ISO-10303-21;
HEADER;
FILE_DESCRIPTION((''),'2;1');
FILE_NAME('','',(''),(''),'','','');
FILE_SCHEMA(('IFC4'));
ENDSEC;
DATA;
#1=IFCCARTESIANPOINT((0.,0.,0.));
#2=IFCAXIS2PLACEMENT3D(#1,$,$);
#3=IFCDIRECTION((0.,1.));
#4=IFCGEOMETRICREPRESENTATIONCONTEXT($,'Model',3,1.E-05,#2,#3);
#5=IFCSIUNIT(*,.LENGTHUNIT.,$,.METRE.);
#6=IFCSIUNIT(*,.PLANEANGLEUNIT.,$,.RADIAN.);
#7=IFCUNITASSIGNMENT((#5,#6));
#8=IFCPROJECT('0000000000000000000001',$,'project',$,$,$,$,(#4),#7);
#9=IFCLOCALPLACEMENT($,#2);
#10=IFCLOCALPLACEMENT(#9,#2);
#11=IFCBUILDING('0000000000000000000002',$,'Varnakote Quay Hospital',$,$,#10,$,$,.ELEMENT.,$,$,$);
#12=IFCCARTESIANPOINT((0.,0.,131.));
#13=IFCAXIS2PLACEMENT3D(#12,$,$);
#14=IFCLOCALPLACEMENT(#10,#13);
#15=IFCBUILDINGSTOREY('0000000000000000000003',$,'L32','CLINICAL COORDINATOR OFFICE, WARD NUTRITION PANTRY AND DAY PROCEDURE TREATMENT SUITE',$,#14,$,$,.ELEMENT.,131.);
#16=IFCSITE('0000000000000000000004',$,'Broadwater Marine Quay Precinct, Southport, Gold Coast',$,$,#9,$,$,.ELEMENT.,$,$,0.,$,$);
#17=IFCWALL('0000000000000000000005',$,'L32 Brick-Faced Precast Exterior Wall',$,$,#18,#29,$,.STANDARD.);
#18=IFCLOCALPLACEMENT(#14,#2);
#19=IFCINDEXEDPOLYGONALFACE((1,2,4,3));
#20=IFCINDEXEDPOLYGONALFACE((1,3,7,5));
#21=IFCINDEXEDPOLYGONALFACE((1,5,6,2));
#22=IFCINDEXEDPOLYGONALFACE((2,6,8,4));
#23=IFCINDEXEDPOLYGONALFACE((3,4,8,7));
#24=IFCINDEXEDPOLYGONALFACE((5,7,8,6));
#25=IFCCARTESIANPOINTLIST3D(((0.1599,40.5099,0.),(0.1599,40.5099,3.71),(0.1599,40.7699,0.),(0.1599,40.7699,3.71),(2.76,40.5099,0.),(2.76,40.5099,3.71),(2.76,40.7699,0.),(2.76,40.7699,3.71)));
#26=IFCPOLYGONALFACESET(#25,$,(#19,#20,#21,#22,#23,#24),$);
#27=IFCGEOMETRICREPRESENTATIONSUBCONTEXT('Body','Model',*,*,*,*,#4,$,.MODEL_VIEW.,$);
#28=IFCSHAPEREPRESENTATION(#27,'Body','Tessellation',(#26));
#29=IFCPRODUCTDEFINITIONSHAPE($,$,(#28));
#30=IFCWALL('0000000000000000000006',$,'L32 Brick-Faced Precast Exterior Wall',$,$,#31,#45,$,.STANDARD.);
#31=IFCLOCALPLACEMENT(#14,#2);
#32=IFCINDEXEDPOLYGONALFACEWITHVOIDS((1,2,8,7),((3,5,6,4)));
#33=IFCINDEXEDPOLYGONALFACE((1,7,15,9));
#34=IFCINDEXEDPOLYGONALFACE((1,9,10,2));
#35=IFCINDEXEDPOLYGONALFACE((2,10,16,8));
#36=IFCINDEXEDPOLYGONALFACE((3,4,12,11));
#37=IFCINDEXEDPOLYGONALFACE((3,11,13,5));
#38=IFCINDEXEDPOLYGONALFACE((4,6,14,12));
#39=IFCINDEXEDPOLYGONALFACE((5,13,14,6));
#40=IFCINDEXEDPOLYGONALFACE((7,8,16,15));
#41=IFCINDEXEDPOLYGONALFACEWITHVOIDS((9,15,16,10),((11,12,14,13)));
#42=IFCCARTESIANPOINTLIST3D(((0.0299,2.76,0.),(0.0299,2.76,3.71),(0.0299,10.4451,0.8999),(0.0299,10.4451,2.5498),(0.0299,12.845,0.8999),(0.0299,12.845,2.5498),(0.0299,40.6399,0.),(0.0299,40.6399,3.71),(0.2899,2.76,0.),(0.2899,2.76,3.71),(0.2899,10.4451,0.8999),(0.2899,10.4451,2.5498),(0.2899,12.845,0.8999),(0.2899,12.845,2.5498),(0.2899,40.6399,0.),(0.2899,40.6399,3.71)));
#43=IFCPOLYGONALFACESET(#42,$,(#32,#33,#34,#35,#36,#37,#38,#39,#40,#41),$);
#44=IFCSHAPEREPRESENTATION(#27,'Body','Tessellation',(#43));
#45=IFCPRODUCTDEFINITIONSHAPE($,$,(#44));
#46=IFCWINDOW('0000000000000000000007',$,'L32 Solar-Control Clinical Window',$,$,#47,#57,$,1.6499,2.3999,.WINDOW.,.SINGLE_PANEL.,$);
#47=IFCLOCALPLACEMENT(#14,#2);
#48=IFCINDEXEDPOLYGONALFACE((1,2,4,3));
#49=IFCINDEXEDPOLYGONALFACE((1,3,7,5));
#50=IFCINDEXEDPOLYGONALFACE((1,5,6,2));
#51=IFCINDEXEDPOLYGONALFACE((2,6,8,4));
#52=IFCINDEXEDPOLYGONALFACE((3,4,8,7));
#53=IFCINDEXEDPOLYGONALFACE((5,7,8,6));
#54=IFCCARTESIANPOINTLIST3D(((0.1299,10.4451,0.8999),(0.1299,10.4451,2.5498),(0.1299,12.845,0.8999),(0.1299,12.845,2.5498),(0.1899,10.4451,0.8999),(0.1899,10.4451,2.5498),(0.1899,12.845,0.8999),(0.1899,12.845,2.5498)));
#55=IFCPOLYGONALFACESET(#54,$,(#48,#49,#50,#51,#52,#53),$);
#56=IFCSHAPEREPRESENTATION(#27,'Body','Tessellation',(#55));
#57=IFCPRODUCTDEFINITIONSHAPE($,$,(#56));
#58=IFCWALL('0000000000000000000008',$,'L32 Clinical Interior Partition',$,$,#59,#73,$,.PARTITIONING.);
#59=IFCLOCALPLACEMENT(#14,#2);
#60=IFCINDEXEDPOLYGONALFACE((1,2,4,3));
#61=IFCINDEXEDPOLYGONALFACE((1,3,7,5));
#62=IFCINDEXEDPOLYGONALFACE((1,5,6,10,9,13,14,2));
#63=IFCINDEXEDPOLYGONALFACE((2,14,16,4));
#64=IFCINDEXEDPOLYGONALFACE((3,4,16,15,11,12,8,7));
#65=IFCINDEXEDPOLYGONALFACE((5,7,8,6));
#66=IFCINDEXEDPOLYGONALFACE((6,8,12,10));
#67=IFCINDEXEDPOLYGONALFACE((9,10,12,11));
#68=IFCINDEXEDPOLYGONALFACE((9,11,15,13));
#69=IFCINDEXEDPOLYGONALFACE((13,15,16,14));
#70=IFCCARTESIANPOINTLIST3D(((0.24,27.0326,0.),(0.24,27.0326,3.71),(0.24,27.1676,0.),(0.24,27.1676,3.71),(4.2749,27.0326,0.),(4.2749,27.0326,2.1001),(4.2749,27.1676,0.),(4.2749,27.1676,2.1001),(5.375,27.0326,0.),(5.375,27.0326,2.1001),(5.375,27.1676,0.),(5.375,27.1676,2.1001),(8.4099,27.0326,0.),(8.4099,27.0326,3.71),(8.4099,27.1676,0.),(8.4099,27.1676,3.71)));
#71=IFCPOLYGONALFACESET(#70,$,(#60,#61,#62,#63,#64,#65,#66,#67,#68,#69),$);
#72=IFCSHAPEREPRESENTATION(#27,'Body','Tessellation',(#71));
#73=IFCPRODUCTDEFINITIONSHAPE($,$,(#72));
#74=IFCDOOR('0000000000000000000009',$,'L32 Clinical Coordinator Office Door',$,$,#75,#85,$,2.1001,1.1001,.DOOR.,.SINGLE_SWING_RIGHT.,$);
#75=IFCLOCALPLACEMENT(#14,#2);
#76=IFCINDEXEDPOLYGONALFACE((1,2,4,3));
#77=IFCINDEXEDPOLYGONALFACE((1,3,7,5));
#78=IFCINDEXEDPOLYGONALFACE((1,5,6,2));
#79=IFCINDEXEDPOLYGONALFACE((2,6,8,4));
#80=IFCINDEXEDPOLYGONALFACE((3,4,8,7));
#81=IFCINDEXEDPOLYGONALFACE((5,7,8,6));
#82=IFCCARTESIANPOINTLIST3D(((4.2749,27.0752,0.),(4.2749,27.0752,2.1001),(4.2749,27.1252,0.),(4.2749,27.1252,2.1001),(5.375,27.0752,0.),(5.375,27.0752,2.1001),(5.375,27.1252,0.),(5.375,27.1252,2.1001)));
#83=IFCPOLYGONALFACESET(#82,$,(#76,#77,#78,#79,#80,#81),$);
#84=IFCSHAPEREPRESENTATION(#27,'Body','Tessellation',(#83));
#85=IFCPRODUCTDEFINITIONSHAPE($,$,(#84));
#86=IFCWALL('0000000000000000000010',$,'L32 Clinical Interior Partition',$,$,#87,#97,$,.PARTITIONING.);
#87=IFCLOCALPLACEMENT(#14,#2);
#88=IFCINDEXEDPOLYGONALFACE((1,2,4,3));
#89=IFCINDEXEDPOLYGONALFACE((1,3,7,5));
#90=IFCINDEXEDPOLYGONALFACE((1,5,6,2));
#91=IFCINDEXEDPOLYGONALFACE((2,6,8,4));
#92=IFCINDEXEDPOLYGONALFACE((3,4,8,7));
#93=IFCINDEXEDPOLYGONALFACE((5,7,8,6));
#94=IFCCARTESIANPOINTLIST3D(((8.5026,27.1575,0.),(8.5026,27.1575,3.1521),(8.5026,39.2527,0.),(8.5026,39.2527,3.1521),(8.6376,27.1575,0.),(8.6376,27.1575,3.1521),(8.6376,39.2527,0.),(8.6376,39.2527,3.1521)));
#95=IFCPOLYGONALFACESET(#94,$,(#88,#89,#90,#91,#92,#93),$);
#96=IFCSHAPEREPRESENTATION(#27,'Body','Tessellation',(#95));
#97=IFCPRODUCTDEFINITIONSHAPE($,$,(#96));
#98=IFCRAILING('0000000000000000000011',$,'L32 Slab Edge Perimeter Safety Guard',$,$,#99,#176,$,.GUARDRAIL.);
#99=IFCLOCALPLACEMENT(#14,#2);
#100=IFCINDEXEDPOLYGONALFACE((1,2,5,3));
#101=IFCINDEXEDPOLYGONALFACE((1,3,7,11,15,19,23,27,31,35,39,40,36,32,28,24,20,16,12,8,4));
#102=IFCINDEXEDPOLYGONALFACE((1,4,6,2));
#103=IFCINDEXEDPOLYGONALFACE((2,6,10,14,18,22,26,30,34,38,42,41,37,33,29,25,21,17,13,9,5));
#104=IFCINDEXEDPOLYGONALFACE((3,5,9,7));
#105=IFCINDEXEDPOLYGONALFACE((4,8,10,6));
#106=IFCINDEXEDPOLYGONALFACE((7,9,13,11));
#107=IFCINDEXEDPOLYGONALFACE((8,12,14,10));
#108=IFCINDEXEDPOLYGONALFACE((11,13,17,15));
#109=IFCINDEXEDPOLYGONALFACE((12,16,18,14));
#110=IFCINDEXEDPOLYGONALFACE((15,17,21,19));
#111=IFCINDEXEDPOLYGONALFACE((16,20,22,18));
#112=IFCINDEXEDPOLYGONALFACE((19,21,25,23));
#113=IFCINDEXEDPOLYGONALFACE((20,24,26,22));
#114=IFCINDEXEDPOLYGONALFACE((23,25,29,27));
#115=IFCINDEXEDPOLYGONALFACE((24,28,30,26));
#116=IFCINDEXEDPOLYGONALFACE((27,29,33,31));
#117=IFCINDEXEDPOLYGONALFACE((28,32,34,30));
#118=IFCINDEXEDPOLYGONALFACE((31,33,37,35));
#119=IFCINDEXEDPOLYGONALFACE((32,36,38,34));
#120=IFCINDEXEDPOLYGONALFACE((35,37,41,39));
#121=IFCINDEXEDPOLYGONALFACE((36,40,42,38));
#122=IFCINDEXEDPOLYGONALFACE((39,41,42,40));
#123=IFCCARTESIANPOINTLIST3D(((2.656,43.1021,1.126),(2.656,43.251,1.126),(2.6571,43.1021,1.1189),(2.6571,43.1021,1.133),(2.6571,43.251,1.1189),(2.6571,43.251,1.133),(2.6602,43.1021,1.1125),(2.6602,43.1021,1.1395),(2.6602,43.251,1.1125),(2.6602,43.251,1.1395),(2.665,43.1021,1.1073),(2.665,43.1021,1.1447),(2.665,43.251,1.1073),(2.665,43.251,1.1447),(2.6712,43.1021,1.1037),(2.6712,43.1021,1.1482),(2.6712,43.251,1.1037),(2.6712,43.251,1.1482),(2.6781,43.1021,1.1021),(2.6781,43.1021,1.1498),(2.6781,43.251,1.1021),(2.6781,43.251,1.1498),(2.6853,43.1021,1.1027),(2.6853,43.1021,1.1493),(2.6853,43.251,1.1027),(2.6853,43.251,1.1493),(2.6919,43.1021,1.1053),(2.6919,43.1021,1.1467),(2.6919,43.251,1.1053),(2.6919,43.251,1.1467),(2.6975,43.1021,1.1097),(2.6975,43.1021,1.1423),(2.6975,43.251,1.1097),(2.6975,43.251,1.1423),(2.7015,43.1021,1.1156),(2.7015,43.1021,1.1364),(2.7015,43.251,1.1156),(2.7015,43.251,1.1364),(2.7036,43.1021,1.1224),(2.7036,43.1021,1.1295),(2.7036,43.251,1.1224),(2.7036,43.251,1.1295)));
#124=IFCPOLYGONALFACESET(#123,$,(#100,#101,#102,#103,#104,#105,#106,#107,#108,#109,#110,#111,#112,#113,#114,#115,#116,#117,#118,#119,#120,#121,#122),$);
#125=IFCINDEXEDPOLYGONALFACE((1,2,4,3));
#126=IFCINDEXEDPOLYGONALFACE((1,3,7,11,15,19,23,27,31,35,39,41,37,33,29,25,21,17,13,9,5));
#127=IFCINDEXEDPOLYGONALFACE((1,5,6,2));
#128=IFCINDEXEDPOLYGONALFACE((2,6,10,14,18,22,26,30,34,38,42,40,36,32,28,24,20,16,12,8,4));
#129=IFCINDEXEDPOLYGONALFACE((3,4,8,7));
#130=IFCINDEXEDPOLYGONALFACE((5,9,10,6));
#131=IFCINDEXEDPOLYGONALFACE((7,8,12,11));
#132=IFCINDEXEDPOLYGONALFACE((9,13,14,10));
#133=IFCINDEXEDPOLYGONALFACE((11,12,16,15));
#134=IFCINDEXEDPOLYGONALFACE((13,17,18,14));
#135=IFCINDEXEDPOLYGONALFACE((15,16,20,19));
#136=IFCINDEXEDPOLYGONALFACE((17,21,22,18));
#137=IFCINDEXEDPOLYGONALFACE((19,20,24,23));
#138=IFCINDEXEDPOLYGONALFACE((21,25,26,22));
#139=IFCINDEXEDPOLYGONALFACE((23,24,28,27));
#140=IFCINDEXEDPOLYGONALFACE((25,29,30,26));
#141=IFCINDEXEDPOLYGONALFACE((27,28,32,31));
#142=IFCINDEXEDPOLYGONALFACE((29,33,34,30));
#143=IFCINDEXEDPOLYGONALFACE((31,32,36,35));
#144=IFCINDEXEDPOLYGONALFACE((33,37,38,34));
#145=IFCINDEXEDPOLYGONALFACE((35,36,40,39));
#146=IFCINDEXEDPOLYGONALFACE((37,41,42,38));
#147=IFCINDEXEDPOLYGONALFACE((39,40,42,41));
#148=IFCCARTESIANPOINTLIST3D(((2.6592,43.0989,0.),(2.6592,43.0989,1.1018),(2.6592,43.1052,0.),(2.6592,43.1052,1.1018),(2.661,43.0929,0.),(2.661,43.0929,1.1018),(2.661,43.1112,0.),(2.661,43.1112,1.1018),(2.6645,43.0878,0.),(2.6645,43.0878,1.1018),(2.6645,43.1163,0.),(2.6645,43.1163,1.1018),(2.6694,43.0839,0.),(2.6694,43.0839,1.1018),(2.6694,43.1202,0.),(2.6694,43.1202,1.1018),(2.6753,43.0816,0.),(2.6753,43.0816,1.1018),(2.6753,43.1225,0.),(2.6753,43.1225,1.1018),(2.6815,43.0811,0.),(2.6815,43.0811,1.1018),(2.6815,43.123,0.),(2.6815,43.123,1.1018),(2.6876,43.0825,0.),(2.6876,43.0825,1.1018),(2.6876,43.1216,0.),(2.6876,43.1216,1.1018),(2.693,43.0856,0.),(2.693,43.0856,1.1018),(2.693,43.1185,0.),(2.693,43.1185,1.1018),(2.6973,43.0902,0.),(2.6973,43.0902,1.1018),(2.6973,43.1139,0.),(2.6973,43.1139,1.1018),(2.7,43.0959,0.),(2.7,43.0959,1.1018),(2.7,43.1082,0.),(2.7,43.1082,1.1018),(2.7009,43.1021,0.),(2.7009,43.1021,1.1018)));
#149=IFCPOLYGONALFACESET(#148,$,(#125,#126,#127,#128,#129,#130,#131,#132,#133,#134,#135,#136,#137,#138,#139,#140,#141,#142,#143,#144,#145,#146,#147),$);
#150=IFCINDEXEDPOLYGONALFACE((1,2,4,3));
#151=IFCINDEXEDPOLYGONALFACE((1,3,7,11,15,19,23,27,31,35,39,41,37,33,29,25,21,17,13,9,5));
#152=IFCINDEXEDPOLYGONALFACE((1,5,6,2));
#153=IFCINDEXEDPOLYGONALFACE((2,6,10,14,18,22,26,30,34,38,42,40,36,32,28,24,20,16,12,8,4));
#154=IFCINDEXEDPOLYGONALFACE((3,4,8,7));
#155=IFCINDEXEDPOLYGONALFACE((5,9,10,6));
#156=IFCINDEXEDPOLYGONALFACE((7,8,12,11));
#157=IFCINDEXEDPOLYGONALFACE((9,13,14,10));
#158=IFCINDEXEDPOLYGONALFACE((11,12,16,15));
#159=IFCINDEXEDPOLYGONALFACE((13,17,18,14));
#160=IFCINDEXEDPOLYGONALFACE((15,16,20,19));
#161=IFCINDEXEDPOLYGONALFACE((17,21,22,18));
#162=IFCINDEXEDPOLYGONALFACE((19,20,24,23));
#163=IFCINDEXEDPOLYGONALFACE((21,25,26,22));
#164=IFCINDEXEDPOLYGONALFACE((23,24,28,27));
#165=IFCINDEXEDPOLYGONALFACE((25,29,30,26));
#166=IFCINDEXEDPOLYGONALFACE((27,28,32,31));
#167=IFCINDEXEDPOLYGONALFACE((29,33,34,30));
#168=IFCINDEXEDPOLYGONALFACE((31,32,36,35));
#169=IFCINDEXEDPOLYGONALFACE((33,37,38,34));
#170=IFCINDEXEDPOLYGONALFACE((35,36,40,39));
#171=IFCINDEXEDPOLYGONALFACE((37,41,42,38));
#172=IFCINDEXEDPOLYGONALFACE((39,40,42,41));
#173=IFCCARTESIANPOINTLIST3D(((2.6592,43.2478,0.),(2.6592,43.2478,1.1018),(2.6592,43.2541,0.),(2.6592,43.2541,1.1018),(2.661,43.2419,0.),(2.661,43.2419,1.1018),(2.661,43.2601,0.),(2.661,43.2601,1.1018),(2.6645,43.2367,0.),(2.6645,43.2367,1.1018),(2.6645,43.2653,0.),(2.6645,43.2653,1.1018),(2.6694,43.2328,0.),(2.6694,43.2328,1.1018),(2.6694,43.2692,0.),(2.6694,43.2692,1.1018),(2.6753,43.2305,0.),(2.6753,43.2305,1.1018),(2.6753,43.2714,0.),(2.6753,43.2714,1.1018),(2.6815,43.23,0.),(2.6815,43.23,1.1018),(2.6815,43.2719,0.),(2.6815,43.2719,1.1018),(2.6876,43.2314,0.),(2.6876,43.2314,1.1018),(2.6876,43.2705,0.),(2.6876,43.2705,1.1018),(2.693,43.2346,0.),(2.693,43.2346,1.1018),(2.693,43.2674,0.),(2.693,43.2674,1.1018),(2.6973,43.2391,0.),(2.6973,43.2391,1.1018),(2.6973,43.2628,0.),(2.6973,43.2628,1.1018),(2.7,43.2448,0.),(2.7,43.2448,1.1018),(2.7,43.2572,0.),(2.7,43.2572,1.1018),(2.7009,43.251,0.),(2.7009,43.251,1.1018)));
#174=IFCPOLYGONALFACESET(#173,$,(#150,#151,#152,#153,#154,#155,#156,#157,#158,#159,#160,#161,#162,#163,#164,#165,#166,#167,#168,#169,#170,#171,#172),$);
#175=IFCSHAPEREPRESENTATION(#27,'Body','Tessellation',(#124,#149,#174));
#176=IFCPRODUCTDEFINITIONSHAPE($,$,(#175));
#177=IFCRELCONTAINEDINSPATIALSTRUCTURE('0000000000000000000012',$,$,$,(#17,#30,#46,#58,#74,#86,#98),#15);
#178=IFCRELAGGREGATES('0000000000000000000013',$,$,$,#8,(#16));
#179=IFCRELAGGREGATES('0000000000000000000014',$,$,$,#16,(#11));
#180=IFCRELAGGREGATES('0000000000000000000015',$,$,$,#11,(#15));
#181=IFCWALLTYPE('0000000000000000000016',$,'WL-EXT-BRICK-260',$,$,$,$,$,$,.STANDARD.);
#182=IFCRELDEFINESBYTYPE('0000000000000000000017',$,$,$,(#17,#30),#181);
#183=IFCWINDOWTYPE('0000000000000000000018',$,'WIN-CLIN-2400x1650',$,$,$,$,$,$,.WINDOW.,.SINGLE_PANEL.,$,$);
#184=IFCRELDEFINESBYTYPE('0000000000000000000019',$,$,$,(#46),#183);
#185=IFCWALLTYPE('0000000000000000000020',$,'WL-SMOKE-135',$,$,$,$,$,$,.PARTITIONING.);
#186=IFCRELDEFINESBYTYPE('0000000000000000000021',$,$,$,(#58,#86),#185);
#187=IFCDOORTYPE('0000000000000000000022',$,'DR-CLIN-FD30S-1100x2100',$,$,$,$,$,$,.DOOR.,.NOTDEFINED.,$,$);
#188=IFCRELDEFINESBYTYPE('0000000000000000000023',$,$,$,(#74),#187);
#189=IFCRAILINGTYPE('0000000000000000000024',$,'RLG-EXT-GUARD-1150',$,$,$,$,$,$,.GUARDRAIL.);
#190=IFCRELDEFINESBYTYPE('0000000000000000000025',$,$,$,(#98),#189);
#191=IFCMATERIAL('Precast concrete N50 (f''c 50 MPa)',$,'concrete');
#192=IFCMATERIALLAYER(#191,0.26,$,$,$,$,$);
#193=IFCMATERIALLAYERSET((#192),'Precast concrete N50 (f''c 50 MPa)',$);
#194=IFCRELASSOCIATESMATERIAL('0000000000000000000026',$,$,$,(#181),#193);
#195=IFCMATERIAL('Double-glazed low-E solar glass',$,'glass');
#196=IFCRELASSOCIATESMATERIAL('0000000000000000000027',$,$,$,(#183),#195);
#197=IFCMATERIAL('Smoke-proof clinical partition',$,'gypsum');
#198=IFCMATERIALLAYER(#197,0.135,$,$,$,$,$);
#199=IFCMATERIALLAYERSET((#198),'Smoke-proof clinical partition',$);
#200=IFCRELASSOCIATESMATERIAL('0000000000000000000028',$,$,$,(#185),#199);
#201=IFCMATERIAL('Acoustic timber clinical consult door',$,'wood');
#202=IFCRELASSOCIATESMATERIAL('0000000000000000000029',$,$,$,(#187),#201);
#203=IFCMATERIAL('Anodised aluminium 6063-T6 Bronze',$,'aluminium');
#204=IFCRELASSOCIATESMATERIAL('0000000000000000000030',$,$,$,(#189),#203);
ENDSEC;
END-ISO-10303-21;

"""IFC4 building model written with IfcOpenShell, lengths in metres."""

from ifc_helpers import new_model, si_unit, direction, frame, frame_2d, origin, origin_2d, place, context, subcontext, project, spatial, rectangle, circle, extrude, material, layer, layer_set, type_object, element, fill, save


model = new_model("IFC4")

# Units and contexts
model_context = context("Model", 3, precision=1e-05, world=origin(), true_north=direction((0.0, 1.0)))
body_context = subcontext(model_context, "Body", "Model", "MODEL_VIEW")
ifc_project = project(units=[si_unit("LENGTHUNIT", "METRE"), si_unit("PLANEANGLEUNIT", "RADIAN")], contexts=[model_context])

# Site, building, storey
site_placement = place(None, origin())
site = spatial("IfcSite", under=ifc_project, at=site_placement, Name="Broadwater Marine Quay Precinct, Southport, Gold Coast", CompositionType="ELEMENT", RefElevation=0.0)
building_placement = place(site_placement, origin())
building = spatial("IfcBuilding", under=site, at=building_placement, Name="Varnakote Quay Hospital", CompositionType="ELEMENT")
storey_placement = place(building_placement, frame((0.0, 0.0, 131.0)))
storey = spatial("IfcBuildingStorey", under=building, at=storey_placement, Name="L32", Description="CLINICAL COORDINATOR OFFICE, WARD NUTRITION PANTRY AND DAY PROCEDURE TREATMENT SUITE", CompositionType="ELEMENT", Elevation=131.0)

# Shared definitions
ifc_material_1 = material(Name="Precast concrete N50 (f'c 50 MPa)", Category="concrete")
ifc_layer_1 = layer(ifc_material_1, 0.26)
ifc_layer_set_1 = layer_set([ifc_layer_1], Name="Precast concrete N50 (f'c 50 MPa)")
wall_type_1 = type_object("IfcWallType", Name="WL-EXT-BRICK-260", PredefinedType="STANDARD", material=ifc_layer_set_1)
ifc_material_2 = material(Name="Double-glazed low-E solar glass", Category="glass")
window_type = type_object("IfcWindowType", Name="WIN-CLIN-2400x1650", PartitioningType="SINGLE_PANEL", PredefinedType="WINDOW", material=ifc_material_2)

# Wall
wall_1_placement = place(storey_placement, frame((2.76, 40.6399, 0.0), z_axis=(0.0, 0.0, 1.0), x_axis=(-1.0, 0.0, 0.0)))
element("IfcWall", 1, at=wall_1_placement, inside=storey, type_object=wall_type_1, Name="L32 Brick-Faced Precast Exterior Wall", PredefinedType="STANDARD", context=body_context, shape_type="SweptSolid", body=[
    extrude(rectangle(XDim=2.6001, YDim=0.26, at=frame_2d((1.3, 0.0))), origin(), (0.0, 0.0, 1.0), 3.71),
])

# Wall, opening, window
wall_2_placement = place(storey_placement, frame((0.1599, 40.6399, 0.0), z_axis=(0.0, 0.0, 1.0), x_axis=(0.0, -1.0, 0.0)))
wall_2 = element("IfcWall", 2, at=wall_2_placement, inside=storey, type_object=wall_type_1, Name="L32 Brick-Faced Precast Exterior Wall", PredefinedType="STANDARD", context=body_context, shape_type="SweptSolid", body=[
    extrude(rectangle(XDim=37.8799, YDim=0.26, at=frame_2d((18.9399, 0.0))), origin(), (0.0, 0.0, 1.0), 3.71),
])
opening_1_placement = place(wall_2_placement, frame((27.7949, 0.0, 0.8999)))
opening_1 = element("IfcOpeningElement", 3, at=opening_1_placement, cuts=wall_2, PredefinedType="OPENING", context=body_context, shape_type="SweptSolid", body=[
    extrude(rectangle(XDim=2.3999, YDim=1.6499, at=frame_2d((1.2, 0.825))), frame((0.0, 0.1399, 0.0), z_axis=(0.0, -1.0, 0.0), x_axis=(1.0, 0.0, 0.0)), (0.0, 0.0, 1.0), 0.28),
])
window_1_placement = place(opening_1_placement, origin())
window_1 = element("IfcWindow", 4, at=window_1_placement, inside=storey, type_object=window_type, Name="L32 Solar-Control Clinical Window", OverallHeight=1.6499, OverallWidth=2.3999, PartitioningType="SINGLE_PANEL", PredefinedType="WINDOW", context=body_context, shape_type="SweptSolid", body=[
    extrude(rectangle(XDim=2.3999, YDim=1.6499, at=frame_2d((1.2, 0.825))), frame((0.0, 0.03, 0.0), z_axis=(0.0, -1.0, 0.0), x_axis=(1.0, 0.0, 0.0)), (0.0, 0.0, 1.0), 0.0601),
])
fill(opening_1, window_1)

# Wall, opening, door
ifc_material_3 = material(Name="Smoke-proof clinical partition", Category="gypsum")
ifc_layer_2 = layer(ifc_material_3, 0.135)
ifc_layer_set_2 = layer_set([ifc_layer_2], Name="Smoke-proof clinical partition")
wall_type_2 = type_object("IfcWallType", Name="WL-SMOKE-135", PredefinedType="PARTITIONING", material=ifc_layer_set_2)
wall_3_placement = place(storey_placement, frame((8.4099, 27.1001, 0.0), z_axis=(0.0, 0.0, 1.0), x_axis=(-1.0, 0.0, 0.0)))
wall_3 = element("IfcWall", 5, at=wall_3_placement, inside=storey, type_object=wall_type_2, Name="L32 Clinical Interior Partition", PredefinedType="PARTITIONING", context=body_context, shape_type="SweptSolid", body=[
    extrude(rectangle(XDim=8.1699, YDim=0.135, at=frame_2d((4.085, 0.0))), origin(), (0.0, 0.0, 1.0), 3.71),
])
opening_2_placement = place(wall_3_placement, frame((3.0349, 0.0, 0.0)))
opening_2 = element("IfcOpeningElement", 6, at=opening_2_placement, cuts=wall_3, PredefinedType="OPENING", context=body_context, shape_type="SweptSolid", body=[
    extrude(rectangle(XDim=1.1001, YDim=2.1001, at=frame_2d((0.55, 1.05))), frame((0.0, 0.0774, 0.0), z_axis=(0.0, -1.0, 0.0), x_axis=(1.0, 0.0, 0.0)), (0.0, 0.0, 1.0), 0.155),
])
ifc_material_4 = material(Name="Acoustic timber clinical consult door", Category="wood")
door_type = type_object("IfcDoorType", Name="DR-CLIN-FD30S-1100x2100", OperationType="NOTDEFINED", PredefinedType="DOOR", material=ifc_material_4)
door_placement = place(opening_2_placement, origin())
door = element("IfcDoor", 7, at=door_placement, inside=storey, type_object=door_type, Name="L32 Clinical Coordinator Office Door", OperationType="SINGLE_SWING_RIGHT", OverallHeight=2.1001, OverallWidth=1.1001, PredefinedType="DOOR", context=body_context, shape_type="SweptSolid", body=[
    extrude(rectangle(XDim=1.1001, YDim=2.1001, at=frame_2d((0.55, 1.05))), frame((0.0, 0.0249, 0.0), z_axis=(0.0, -1.0, 0.0), x_axis=(1.0, 0.0, 0.0)), (0.0, 0.0, 1.0), 0.05),
])
fill(opening_2, door)

# Wall
wall_4_placement = place(storey_placement, frame((8.5701, 27.1575, 0.0), z_axis=(0.0, 0.0, 1.0), x_axis=(0.0, 1.0, 0.0)))
element("IfcWall", 8, at=wall_4_placement, inside=storey, type_object=wall_type_2, Name="L32 Clinical Interior Partition", PredefinedType="PARTITIONING", context=body_context, shape_type="SweptSolid", body=[
    extrude(rectangle(XDim=12.0952, YDim=0.135, at=frame_2d((6.0476, 0.0))), origin(), (0.0, 0.0, 1.0), 3.1521),
])

# Railing
ifc_material_5 = material(Name="Anodised aluminium 6063-T6 Bronze", Category="aluminium")
railing_type = type_object("IfcRailingType", Name="RLG-EXT-GUARD-1150", PredefinedType="GUARDRAIL", material=ifc_material_5)
railing_1_placement = place(storey_placement, frame((2.6799, 43.1021, 0.0)))
element("IfcRailing", 9, at=railing_1_placement, inside=storey, type_object=railing_type, Name="L32 Slab Edge Perimeter Safety Guard", PredefinedType="GUARDRAIL", context=body_context, shape_type="SweptSolid", body=[
    extrude(circle(Radius=0.0239, at=origin_2d()), frame((0.0, 0.0, 1.126), z_axis=(0.0, 1.0, 0.0), x_axis=(-1.0, 0.0, 0.0)), (0.0, 0.0, 1.0), 0.1489),
    extrude(circle(Radius=0.021, at=origin_2d()), origin(), (0.0, 0.0, 1.0), 1.1018),
    extrude(circle(Radius=0.021, at=origin_2d()), frame((0.0, 0.1489, 0.0)), (0.0, 0.0, 1.0), 1.1018),
])

save(model, "model.ifc")
